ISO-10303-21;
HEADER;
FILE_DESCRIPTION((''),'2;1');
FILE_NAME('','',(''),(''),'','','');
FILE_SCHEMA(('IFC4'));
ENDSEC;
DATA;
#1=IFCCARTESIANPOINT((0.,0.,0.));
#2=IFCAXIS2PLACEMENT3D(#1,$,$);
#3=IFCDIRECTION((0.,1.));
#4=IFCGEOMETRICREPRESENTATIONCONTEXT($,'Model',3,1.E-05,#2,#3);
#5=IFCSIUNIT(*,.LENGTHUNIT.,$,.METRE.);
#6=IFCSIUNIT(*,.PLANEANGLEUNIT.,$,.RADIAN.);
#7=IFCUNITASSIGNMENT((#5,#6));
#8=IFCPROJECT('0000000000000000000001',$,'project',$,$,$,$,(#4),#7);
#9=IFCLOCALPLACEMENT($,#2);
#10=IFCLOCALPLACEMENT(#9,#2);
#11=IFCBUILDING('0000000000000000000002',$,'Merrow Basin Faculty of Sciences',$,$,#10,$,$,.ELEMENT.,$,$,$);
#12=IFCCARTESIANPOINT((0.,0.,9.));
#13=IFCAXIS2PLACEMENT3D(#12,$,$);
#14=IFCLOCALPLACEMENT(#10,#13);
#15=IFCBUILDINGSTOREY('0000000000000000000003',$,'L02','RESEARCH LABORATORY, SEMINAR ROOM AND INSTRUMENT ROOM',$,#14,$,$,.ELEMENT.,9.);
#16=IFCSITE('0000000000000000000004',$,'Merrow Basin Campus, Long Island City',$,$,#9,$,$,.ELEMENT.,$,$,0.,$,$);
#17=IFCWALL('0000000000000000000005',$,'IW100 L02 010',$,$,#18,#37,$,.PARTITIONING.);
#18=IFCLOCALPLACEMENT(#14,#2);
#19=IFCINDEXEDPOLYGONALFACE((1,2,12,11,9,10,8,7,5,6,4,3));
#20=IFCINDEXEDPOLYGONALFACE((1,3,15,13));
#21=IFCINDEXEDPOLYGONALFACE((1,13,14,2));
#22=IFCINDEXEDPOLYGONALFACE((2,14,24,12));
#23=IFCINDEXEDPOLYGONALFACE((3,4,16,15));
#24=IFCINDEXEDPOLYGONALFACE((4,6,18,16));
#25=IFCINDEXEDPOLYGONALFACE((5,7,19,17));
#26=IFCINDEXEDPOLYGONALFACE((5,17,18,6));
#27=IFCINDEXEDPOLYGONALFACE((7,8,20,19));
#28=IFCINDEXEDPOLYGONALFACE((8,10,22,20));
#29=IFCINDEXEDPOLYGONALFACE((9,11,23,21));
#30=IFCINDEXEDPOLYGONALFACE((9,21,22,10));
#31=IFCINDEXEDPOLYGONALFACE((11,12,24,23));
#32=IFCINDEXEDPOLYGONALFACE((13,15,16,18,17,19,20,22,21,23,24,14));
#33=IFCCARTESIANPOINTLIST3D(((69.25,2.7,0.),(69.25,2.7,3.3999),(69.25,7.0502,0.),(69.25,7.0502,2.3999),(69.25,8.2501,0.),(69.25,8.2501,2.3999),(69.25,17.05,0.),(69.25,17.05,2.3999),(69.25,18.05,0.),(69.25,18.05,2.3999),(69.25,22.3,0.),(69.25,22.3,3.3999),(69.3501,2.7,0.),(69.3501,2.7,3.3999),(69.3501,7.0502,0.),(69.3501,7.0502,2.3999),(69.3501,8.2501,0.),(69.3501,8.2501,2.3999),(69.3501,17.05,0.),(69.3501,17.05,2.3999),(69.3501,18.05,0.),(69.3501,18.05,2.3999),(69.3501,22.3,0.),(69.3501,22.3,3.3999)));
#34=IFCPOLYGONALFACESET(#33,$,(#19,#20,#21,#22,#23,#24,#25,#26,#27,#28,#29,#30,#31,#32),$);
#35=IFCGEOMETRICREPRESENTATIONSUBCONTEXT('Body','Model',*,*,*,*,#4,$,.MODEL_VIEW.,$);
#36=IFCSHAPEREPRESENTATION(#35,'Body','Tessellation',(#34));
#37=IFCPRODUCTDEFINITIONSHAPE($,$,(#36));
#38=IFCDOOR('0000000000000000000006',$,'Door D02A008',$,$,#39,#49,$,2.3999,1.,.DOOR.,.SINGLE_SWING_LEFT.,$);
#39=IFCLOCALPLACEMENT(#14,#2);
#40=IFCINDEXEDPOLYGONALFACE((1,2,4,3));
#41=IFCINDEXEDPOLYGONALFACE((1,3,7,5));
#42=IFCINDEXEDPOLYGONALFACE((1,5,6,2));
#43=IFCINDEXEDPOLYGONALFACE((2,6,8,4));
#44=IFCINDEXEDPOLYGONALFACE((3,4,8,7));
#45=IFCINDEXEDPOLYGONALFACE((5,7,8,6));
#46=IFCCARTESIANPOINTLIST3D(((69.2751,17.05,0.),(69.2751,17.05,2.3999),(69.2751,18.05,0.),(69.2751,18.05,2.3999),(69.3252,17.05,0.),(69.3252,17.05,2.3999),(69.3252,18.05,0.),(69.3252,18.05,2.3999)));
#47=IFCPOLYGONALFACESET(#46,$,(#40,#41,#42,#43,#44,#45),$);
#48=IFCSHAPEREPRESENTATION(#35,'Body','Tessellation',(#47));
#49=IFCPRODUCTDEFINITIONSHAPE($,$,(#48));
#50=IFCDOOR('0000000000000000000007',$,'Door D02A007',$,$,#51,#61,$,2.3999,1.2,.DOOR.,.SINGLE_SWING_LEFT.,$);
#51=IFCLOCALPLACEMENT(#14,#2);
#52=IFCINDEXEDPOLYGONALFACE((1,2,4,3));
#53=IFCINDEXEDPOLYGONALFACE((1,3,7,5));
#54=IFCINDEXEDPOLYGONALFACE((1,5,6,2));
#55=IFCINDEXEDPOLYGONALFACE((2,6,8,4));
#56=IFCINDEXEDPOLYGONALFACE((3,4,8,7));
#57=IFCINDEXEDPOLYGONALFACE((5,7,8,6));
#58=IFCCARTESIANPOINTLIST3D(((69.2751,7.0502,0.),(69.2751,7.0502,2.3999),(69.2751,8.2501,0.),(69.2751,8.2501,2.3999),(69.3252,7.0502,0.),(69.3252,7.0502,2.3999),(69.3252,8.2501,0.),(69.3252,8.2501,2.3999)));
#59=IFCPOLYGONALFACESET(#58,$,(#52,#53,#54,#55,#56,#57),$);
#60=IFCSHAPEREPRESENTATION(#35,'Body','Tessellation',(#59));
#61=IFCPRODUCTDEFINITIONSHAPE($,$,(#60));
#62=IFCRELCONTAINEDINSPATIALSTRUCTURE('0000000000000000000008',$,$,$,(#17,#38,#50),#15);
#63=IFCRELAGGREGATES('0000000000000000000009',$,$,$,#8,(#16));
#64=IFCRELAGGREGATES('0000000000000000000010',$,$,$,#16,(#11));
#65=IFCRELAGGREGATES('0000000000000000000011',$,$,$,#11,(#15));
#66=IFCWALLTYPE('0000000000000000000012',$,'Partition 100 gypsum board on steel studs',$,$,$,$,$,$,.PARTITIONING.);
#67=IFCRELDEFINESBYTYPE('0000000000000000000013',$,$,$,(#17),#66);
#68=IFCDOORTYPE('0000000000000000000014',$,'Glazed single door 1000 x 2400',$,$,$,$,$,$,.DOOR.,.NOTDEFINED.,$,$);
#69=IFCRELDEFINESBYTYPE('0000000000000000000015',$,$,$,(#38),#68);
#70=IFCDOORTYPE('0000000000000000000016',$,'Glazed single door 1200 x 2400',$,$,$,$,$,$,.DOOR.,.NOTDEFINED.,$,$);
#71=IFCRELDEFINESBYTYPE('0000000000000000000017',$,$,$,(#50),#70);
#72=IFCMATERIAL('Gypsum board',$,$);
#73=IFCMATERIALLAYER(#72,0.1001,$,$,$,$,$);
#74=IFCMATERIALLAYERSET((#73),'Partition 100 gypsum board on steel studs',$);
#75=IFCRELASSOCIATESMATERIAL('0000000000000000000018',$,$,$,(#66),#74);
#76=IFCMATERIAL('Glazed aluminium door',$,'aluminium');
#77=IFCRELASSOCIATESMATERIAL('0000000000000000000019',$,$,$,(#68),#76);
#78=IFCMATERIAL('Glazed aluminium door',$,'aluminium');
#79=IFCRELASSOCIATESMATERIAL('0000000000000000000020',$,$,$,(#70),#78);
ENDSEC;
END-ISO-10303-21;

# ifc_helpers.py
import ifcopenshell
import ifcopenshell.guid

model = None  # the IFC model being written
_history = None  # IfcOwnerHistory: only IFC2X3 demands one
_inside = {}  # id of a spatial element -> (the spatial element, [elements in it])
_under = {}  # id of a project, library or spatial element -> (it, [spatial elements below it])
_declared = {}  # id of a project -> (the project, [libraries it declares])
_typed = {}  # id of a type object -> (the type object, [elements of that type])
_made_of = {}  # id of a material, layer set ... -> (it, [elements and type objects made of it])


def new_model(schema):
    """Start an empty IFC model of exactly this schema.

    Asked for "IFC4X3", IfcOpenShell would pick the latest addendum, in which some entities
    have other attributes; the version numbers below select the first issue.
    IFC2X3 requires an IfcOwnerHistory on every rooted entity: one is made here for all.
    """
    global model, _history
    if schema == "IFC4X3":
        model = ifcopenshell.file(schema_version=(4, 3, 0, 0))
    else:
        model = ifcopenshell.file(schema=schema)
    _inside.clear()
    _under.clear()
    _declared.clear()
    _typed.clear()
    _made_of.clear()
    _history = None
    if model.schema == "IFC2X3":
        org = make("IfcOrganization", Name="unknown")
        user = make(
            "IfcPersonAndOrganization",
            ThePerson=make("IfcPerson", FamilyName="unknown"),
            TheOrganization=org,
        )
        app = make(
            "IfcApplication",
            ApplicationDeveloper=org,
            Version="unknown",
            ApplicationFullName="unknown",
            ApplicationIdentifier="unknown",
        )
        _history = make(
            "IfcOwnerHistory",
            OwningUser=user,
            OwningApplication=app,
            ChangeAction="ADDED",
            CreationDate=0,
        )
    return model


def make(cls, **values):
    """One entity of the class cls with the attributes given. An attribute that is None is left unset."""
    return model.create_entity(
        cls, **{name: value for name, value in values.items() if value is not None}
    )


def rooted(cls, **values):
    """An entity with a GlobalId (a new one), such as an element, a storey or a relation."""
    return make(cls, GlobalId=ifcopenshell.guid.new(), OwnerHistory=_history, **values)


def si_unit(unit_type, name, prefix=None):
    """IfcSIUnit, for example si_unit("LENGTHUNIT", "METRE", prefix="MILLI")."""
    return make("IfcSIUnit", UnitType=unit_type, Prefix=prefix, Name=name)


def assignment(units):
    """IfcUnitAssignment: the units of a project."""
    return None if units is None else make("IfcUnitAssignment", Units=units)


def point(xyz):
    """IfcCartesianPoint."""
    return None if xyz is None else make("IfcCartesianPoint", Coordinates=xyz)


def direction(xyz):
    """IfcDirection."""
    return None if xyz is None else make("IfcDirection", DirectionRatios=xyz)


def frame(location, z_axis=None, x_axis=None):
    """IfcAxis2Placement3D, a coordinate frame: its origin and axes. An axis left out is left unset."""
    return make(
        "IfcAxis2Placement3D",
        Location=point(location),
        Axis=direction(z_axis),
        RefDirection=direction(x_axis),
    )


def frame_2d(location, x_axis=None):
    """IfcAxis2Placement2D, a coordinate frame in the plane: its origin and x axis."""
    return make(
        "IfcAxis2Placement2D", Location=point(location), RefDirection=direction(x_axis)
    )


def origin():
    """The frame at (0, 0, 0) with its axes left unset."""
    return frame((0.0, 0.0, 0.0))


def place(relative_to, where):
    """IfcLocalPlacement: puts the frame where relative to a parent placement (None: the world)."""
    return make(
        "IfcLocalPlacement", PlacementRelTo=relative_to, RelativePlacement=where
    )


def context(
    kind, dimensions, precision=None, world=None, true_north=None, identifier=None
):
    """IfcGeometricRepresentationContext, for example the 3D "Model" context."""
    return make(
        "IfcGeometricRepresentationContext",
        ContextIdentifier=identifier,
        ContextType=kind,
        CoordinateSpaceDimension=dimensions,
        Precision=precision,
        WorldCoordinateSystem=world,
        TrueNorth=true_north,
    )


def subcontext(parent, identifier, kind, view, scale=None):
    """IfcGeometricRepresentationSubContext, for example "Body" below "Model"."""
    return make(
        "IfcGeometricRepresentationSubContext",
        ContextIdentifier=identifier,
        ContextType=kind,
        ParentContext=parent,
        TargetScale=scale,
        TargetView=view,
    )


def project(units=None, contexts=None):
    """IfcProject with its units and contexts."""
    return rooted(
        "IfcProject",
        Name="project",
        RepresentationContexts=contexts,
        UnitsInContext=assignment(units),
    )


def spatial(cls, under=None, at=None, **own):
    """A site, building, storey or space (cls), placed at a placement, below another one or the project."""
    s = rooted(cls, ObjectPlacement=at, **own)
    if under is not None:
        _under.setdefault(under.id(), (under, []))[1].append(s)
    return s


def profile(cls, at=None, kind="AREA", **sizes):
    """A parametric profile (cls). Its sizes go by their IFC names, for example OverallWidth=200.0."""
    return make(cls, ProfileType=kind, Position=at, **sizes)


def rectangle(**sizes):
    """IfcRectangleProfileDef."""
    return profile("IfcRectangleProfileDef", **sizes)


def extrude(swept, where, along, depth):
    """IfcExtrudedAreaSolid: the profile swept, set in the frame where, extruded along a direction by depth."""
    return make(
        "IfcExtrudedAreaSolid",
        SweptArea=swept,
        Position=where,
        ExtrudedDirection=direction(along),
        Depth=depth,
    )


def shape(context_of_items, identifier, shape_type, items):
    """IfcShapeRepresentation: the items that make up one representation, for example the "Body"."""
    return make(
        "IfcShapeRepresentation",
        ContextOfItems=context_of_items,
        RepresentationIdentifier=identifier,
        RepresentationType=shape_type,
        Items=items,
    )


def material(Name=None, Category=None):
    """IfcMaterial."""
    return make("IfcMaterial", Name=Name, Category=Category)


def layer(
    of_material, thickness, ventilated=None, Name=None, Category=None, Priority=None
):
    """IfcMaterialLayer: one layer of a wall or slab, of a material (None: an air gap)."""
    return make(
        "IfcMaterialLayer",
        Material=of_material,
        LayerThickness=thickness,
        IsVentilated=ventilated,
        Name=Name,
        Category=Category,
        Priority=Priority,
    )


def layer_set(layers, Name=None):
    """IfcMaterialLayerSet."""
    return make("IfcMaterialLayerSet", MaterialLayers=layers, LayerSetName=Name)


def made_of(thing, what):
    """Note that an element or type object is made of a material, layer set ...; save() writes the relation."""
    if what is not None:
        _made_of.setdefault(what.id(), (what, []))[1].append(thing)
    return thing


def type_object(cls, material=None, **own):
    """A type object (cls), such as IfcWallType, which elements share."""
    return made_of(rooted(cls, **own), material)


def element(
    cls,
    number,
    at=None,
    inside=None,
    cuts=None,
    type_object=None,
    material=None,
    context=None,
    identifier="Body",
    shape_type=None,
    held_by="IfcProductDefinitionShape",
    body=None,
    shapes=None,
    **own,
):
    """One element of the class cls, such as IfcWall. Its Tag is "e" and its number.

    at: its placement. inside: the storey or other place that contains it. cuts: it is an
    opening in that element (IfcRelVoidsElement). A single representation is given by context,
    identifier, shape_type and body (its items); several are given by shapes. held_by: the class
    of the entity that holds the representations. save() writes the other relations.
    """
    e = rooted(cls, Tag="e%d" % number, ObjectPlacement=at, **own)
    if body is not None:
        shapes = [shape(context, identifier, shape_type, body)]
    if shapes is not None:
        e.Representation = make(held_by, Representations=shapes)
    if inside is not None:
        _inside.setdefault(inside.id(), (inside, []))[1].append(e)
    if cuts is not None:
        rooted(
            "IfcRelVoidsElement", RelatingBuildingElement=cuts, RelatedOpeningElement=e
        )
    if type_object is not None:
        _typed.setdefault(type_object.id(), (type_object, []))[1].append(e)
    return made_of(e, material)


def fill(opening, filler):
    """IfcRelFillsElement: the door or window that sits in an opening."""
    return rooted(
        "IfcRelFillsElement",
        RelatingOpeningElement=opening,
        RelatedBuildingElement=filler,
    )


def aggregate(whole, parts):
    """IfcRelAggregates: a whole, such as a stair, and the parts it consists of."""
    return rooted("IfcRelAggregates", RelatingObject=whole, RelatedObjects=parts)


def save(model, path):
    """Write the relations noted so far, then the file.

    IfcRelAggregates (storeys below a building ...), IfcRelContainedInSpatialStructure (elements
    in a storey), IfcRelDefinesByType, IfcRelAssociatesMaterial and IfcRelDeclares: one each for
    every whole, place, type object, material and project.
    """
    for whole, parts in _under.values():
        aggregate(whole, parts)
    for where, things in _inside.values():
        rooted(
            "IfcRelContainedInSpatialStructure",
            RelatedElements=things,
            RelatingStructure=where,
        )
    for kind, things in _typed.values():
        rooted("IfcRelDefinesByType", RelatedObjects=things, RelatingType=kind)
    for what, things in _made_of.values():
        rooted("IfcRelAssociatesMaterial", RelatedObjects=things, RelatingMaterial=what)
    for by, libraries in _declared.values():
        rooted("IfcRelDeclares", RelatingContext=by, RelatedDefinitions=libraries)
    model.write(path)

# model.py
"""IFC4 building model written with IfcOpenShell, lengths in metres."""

from ifc_helpers import new_model, si_unit, direction, frame, frame_2d, origin, place, context, subcontext, project, spatial, rectangle, extrude, material, layer, layer_set, type_object, element, fill, save


model = new_model("IFC4")

# Units and contexts
model_context = context("Model", 3, precision=1e-05, world=origin(), true_north=direction((0.0, 1.0)))
body_context = subcontext(model_context, "Body", "Model", "MODEL_VIEW")
ifc_project = project(units=[si_unit("LENGTHUNIT", "METRE"), si_unit("PLANEANGLEUNIT", "RADIAN")], contexts=[model_context])

# Site, building, storey
site_placement = place(None, origin())
site = spatial("IfcSite", under=ifc_project, at=site_placement, Name="Merrow Basin Campus, Long Island City", CompositionType="ELEMENT", RefElevation=0.0)
building_placement = place(site_placement, origin())
building = spatial("IfcBuilding", under=site, at=building_placement, Name="Merrow Basin Faculty of Sciences", CompositionType="ELEMENT")
storey_placement = place(building_placement, frame((0.0, 0.0, 9.0)))
storey = spatial("IfcBuildingStorey", under=building, at=storey_placement, Name="L02", Description="RESEARCH LABORATORY, SEMINAR ROOM AND INSTRUMENT ROOM", CompositionType="ELEMENT", Elevation=9.0)

# Wall, openings, doors
ifc_material_1 = material(Name="Gypsum board")
ifc_layer_1 = layer(ifc_material_1, 0.1001)
ifc_layer_set_1 = layer_set([ifc_layer_1], Name="Partition 100 gypsum board on steel studs")
wall_type = type_object("IfcWallType", Name="Partition 100 gypsum board on steel studs", PredefinedType="PARTITIONING", material=ifc_layer_set_1)
wall_placement = place(storey_placement, frame((69.3, 2.7, 0.0), z_axis=(0.0, 0.0, 1.0), x_axis=(0.0, 1.0, 0.0)))
wall = element("IfcWall", 1, at=wall_placement, inside=storey, type_object=wall_type, Name="IW100 L02 010", PredefinedType="PARTITIONING", context=body_context, shape_type="SweptSolid", body=[
    extrude(rectangle(XDim=19.6001, YDim=0.1001, at=frame_2d((9.8, 0.0))), origin(), (0.0, 0.0, 1.0), 3.3999),
])
opening_1_placement = place(wall_placement, frame((4.3501, 0.0, 0.0)))
opening_1 = element("IfcOpeningElement", 2, at=opening_1_placement, cuts=wall, PredefinedType="OPENING", context=body_context, shape_type="SweptSolid", body=[
    extrude(rectangle(XDim=1.2, YDim=2.3999, at=frame_2d((0.6001, 1.2))), frame((0.0, 0.0601, 0.0), z_axis=(0.0, -1.0, 0.0), x_axis=(1.0, 0.0, 0.0)), (0.0, 0.0, 1.0), 0.1201),
])
opening_2_placement = place(wall_placement, frame((14.3501, 0.0, 0.0)))
opening_2 = element("IfcOpeningElement", 3, at=opening_2_placement, cuts=wall, PredefinedType="OPENING", context=body_context, shape_type="SweptSolid", body=[
    extrude(rectangle(XDim=1.0, YDim=2.3999, at=frame_2d((0.5, 1.2))), frame((0.0, 0.0601, 0.0), z_axis=(0.0, -1.0, 0.0), x_axis=(1.0, 0.0, 0.0)), (0.0, 0.0, 1.0), 0.1201),
])
ifc_material_2 = material(Name="Glazed aluminium door", Category="aluminium")
door_type_1 = type_object("IfcDoorType", Name="Glazed single door 1000 x 2400", OperationType="NOTDEFINED", PredefinedType="DOOR", material=ifc_material_2)
door_1_placement = place(opening_2_placement, origin())
door_1 = element("IfcDoor", 4, at=door_1_placement, inside=storey, type_object=door_type_1, Name="Door D02A008", OperationType="SINGLE_SWING_LEFT", OverallHeight=2.3999, OverallWidth=1.0, PredefinedType="DOOR", context=body_context, shape_type="SweptSolid", body=[
    extrude(rectangle(XDim=1.0, YDim=2.3999, at=frame_2d((0.5, 1.2))), frame((0.0, 0.0249, 0.0), z_axis=(0.0, -1.0, 0.0), x_axis=(1.0, 0.0, 0.0)), (0.0, 0.0, 1.0), 0.05),
])
fill(opening_2, door_1)
ifc_material_3 = material(Name="Glazed aluminium door", Category="aluminium")
door_type_2 = type_object("IfcDoorType", Name="Glazed single door 1200 x 2400", OperationType="NOTDEFINED", PredefinedType="DOOR", material=ifc_material_3)
door_2_placement = place(opening_1_placement, origin())
door_2 = element("IfcDoor", 5, at=door_2_placement, inside=storey, type_object=door_type_2, Name="Door D02A007", OperationType="SINGLE_SWING_LEFT", OverallHeight=2.3999, OverallWidth=1.2, PredefinedType="DOOR", context=body_context, shape_type="SweptSolid", body=[
    extrude(rectangle(XDim=1.2, YDim=2.3999, at=frame_2d((0.6001, 1.2))), frame((0.0, 0.0249, 0.0), z_axis=(0.0, -1.0, 0.0), x_axis=(1.0, 0.0, 0.0)), (0.0, 0.0, 1.0), 0.05),
])
fill(opening_1, door_2)

save(model, "model.ifc")
